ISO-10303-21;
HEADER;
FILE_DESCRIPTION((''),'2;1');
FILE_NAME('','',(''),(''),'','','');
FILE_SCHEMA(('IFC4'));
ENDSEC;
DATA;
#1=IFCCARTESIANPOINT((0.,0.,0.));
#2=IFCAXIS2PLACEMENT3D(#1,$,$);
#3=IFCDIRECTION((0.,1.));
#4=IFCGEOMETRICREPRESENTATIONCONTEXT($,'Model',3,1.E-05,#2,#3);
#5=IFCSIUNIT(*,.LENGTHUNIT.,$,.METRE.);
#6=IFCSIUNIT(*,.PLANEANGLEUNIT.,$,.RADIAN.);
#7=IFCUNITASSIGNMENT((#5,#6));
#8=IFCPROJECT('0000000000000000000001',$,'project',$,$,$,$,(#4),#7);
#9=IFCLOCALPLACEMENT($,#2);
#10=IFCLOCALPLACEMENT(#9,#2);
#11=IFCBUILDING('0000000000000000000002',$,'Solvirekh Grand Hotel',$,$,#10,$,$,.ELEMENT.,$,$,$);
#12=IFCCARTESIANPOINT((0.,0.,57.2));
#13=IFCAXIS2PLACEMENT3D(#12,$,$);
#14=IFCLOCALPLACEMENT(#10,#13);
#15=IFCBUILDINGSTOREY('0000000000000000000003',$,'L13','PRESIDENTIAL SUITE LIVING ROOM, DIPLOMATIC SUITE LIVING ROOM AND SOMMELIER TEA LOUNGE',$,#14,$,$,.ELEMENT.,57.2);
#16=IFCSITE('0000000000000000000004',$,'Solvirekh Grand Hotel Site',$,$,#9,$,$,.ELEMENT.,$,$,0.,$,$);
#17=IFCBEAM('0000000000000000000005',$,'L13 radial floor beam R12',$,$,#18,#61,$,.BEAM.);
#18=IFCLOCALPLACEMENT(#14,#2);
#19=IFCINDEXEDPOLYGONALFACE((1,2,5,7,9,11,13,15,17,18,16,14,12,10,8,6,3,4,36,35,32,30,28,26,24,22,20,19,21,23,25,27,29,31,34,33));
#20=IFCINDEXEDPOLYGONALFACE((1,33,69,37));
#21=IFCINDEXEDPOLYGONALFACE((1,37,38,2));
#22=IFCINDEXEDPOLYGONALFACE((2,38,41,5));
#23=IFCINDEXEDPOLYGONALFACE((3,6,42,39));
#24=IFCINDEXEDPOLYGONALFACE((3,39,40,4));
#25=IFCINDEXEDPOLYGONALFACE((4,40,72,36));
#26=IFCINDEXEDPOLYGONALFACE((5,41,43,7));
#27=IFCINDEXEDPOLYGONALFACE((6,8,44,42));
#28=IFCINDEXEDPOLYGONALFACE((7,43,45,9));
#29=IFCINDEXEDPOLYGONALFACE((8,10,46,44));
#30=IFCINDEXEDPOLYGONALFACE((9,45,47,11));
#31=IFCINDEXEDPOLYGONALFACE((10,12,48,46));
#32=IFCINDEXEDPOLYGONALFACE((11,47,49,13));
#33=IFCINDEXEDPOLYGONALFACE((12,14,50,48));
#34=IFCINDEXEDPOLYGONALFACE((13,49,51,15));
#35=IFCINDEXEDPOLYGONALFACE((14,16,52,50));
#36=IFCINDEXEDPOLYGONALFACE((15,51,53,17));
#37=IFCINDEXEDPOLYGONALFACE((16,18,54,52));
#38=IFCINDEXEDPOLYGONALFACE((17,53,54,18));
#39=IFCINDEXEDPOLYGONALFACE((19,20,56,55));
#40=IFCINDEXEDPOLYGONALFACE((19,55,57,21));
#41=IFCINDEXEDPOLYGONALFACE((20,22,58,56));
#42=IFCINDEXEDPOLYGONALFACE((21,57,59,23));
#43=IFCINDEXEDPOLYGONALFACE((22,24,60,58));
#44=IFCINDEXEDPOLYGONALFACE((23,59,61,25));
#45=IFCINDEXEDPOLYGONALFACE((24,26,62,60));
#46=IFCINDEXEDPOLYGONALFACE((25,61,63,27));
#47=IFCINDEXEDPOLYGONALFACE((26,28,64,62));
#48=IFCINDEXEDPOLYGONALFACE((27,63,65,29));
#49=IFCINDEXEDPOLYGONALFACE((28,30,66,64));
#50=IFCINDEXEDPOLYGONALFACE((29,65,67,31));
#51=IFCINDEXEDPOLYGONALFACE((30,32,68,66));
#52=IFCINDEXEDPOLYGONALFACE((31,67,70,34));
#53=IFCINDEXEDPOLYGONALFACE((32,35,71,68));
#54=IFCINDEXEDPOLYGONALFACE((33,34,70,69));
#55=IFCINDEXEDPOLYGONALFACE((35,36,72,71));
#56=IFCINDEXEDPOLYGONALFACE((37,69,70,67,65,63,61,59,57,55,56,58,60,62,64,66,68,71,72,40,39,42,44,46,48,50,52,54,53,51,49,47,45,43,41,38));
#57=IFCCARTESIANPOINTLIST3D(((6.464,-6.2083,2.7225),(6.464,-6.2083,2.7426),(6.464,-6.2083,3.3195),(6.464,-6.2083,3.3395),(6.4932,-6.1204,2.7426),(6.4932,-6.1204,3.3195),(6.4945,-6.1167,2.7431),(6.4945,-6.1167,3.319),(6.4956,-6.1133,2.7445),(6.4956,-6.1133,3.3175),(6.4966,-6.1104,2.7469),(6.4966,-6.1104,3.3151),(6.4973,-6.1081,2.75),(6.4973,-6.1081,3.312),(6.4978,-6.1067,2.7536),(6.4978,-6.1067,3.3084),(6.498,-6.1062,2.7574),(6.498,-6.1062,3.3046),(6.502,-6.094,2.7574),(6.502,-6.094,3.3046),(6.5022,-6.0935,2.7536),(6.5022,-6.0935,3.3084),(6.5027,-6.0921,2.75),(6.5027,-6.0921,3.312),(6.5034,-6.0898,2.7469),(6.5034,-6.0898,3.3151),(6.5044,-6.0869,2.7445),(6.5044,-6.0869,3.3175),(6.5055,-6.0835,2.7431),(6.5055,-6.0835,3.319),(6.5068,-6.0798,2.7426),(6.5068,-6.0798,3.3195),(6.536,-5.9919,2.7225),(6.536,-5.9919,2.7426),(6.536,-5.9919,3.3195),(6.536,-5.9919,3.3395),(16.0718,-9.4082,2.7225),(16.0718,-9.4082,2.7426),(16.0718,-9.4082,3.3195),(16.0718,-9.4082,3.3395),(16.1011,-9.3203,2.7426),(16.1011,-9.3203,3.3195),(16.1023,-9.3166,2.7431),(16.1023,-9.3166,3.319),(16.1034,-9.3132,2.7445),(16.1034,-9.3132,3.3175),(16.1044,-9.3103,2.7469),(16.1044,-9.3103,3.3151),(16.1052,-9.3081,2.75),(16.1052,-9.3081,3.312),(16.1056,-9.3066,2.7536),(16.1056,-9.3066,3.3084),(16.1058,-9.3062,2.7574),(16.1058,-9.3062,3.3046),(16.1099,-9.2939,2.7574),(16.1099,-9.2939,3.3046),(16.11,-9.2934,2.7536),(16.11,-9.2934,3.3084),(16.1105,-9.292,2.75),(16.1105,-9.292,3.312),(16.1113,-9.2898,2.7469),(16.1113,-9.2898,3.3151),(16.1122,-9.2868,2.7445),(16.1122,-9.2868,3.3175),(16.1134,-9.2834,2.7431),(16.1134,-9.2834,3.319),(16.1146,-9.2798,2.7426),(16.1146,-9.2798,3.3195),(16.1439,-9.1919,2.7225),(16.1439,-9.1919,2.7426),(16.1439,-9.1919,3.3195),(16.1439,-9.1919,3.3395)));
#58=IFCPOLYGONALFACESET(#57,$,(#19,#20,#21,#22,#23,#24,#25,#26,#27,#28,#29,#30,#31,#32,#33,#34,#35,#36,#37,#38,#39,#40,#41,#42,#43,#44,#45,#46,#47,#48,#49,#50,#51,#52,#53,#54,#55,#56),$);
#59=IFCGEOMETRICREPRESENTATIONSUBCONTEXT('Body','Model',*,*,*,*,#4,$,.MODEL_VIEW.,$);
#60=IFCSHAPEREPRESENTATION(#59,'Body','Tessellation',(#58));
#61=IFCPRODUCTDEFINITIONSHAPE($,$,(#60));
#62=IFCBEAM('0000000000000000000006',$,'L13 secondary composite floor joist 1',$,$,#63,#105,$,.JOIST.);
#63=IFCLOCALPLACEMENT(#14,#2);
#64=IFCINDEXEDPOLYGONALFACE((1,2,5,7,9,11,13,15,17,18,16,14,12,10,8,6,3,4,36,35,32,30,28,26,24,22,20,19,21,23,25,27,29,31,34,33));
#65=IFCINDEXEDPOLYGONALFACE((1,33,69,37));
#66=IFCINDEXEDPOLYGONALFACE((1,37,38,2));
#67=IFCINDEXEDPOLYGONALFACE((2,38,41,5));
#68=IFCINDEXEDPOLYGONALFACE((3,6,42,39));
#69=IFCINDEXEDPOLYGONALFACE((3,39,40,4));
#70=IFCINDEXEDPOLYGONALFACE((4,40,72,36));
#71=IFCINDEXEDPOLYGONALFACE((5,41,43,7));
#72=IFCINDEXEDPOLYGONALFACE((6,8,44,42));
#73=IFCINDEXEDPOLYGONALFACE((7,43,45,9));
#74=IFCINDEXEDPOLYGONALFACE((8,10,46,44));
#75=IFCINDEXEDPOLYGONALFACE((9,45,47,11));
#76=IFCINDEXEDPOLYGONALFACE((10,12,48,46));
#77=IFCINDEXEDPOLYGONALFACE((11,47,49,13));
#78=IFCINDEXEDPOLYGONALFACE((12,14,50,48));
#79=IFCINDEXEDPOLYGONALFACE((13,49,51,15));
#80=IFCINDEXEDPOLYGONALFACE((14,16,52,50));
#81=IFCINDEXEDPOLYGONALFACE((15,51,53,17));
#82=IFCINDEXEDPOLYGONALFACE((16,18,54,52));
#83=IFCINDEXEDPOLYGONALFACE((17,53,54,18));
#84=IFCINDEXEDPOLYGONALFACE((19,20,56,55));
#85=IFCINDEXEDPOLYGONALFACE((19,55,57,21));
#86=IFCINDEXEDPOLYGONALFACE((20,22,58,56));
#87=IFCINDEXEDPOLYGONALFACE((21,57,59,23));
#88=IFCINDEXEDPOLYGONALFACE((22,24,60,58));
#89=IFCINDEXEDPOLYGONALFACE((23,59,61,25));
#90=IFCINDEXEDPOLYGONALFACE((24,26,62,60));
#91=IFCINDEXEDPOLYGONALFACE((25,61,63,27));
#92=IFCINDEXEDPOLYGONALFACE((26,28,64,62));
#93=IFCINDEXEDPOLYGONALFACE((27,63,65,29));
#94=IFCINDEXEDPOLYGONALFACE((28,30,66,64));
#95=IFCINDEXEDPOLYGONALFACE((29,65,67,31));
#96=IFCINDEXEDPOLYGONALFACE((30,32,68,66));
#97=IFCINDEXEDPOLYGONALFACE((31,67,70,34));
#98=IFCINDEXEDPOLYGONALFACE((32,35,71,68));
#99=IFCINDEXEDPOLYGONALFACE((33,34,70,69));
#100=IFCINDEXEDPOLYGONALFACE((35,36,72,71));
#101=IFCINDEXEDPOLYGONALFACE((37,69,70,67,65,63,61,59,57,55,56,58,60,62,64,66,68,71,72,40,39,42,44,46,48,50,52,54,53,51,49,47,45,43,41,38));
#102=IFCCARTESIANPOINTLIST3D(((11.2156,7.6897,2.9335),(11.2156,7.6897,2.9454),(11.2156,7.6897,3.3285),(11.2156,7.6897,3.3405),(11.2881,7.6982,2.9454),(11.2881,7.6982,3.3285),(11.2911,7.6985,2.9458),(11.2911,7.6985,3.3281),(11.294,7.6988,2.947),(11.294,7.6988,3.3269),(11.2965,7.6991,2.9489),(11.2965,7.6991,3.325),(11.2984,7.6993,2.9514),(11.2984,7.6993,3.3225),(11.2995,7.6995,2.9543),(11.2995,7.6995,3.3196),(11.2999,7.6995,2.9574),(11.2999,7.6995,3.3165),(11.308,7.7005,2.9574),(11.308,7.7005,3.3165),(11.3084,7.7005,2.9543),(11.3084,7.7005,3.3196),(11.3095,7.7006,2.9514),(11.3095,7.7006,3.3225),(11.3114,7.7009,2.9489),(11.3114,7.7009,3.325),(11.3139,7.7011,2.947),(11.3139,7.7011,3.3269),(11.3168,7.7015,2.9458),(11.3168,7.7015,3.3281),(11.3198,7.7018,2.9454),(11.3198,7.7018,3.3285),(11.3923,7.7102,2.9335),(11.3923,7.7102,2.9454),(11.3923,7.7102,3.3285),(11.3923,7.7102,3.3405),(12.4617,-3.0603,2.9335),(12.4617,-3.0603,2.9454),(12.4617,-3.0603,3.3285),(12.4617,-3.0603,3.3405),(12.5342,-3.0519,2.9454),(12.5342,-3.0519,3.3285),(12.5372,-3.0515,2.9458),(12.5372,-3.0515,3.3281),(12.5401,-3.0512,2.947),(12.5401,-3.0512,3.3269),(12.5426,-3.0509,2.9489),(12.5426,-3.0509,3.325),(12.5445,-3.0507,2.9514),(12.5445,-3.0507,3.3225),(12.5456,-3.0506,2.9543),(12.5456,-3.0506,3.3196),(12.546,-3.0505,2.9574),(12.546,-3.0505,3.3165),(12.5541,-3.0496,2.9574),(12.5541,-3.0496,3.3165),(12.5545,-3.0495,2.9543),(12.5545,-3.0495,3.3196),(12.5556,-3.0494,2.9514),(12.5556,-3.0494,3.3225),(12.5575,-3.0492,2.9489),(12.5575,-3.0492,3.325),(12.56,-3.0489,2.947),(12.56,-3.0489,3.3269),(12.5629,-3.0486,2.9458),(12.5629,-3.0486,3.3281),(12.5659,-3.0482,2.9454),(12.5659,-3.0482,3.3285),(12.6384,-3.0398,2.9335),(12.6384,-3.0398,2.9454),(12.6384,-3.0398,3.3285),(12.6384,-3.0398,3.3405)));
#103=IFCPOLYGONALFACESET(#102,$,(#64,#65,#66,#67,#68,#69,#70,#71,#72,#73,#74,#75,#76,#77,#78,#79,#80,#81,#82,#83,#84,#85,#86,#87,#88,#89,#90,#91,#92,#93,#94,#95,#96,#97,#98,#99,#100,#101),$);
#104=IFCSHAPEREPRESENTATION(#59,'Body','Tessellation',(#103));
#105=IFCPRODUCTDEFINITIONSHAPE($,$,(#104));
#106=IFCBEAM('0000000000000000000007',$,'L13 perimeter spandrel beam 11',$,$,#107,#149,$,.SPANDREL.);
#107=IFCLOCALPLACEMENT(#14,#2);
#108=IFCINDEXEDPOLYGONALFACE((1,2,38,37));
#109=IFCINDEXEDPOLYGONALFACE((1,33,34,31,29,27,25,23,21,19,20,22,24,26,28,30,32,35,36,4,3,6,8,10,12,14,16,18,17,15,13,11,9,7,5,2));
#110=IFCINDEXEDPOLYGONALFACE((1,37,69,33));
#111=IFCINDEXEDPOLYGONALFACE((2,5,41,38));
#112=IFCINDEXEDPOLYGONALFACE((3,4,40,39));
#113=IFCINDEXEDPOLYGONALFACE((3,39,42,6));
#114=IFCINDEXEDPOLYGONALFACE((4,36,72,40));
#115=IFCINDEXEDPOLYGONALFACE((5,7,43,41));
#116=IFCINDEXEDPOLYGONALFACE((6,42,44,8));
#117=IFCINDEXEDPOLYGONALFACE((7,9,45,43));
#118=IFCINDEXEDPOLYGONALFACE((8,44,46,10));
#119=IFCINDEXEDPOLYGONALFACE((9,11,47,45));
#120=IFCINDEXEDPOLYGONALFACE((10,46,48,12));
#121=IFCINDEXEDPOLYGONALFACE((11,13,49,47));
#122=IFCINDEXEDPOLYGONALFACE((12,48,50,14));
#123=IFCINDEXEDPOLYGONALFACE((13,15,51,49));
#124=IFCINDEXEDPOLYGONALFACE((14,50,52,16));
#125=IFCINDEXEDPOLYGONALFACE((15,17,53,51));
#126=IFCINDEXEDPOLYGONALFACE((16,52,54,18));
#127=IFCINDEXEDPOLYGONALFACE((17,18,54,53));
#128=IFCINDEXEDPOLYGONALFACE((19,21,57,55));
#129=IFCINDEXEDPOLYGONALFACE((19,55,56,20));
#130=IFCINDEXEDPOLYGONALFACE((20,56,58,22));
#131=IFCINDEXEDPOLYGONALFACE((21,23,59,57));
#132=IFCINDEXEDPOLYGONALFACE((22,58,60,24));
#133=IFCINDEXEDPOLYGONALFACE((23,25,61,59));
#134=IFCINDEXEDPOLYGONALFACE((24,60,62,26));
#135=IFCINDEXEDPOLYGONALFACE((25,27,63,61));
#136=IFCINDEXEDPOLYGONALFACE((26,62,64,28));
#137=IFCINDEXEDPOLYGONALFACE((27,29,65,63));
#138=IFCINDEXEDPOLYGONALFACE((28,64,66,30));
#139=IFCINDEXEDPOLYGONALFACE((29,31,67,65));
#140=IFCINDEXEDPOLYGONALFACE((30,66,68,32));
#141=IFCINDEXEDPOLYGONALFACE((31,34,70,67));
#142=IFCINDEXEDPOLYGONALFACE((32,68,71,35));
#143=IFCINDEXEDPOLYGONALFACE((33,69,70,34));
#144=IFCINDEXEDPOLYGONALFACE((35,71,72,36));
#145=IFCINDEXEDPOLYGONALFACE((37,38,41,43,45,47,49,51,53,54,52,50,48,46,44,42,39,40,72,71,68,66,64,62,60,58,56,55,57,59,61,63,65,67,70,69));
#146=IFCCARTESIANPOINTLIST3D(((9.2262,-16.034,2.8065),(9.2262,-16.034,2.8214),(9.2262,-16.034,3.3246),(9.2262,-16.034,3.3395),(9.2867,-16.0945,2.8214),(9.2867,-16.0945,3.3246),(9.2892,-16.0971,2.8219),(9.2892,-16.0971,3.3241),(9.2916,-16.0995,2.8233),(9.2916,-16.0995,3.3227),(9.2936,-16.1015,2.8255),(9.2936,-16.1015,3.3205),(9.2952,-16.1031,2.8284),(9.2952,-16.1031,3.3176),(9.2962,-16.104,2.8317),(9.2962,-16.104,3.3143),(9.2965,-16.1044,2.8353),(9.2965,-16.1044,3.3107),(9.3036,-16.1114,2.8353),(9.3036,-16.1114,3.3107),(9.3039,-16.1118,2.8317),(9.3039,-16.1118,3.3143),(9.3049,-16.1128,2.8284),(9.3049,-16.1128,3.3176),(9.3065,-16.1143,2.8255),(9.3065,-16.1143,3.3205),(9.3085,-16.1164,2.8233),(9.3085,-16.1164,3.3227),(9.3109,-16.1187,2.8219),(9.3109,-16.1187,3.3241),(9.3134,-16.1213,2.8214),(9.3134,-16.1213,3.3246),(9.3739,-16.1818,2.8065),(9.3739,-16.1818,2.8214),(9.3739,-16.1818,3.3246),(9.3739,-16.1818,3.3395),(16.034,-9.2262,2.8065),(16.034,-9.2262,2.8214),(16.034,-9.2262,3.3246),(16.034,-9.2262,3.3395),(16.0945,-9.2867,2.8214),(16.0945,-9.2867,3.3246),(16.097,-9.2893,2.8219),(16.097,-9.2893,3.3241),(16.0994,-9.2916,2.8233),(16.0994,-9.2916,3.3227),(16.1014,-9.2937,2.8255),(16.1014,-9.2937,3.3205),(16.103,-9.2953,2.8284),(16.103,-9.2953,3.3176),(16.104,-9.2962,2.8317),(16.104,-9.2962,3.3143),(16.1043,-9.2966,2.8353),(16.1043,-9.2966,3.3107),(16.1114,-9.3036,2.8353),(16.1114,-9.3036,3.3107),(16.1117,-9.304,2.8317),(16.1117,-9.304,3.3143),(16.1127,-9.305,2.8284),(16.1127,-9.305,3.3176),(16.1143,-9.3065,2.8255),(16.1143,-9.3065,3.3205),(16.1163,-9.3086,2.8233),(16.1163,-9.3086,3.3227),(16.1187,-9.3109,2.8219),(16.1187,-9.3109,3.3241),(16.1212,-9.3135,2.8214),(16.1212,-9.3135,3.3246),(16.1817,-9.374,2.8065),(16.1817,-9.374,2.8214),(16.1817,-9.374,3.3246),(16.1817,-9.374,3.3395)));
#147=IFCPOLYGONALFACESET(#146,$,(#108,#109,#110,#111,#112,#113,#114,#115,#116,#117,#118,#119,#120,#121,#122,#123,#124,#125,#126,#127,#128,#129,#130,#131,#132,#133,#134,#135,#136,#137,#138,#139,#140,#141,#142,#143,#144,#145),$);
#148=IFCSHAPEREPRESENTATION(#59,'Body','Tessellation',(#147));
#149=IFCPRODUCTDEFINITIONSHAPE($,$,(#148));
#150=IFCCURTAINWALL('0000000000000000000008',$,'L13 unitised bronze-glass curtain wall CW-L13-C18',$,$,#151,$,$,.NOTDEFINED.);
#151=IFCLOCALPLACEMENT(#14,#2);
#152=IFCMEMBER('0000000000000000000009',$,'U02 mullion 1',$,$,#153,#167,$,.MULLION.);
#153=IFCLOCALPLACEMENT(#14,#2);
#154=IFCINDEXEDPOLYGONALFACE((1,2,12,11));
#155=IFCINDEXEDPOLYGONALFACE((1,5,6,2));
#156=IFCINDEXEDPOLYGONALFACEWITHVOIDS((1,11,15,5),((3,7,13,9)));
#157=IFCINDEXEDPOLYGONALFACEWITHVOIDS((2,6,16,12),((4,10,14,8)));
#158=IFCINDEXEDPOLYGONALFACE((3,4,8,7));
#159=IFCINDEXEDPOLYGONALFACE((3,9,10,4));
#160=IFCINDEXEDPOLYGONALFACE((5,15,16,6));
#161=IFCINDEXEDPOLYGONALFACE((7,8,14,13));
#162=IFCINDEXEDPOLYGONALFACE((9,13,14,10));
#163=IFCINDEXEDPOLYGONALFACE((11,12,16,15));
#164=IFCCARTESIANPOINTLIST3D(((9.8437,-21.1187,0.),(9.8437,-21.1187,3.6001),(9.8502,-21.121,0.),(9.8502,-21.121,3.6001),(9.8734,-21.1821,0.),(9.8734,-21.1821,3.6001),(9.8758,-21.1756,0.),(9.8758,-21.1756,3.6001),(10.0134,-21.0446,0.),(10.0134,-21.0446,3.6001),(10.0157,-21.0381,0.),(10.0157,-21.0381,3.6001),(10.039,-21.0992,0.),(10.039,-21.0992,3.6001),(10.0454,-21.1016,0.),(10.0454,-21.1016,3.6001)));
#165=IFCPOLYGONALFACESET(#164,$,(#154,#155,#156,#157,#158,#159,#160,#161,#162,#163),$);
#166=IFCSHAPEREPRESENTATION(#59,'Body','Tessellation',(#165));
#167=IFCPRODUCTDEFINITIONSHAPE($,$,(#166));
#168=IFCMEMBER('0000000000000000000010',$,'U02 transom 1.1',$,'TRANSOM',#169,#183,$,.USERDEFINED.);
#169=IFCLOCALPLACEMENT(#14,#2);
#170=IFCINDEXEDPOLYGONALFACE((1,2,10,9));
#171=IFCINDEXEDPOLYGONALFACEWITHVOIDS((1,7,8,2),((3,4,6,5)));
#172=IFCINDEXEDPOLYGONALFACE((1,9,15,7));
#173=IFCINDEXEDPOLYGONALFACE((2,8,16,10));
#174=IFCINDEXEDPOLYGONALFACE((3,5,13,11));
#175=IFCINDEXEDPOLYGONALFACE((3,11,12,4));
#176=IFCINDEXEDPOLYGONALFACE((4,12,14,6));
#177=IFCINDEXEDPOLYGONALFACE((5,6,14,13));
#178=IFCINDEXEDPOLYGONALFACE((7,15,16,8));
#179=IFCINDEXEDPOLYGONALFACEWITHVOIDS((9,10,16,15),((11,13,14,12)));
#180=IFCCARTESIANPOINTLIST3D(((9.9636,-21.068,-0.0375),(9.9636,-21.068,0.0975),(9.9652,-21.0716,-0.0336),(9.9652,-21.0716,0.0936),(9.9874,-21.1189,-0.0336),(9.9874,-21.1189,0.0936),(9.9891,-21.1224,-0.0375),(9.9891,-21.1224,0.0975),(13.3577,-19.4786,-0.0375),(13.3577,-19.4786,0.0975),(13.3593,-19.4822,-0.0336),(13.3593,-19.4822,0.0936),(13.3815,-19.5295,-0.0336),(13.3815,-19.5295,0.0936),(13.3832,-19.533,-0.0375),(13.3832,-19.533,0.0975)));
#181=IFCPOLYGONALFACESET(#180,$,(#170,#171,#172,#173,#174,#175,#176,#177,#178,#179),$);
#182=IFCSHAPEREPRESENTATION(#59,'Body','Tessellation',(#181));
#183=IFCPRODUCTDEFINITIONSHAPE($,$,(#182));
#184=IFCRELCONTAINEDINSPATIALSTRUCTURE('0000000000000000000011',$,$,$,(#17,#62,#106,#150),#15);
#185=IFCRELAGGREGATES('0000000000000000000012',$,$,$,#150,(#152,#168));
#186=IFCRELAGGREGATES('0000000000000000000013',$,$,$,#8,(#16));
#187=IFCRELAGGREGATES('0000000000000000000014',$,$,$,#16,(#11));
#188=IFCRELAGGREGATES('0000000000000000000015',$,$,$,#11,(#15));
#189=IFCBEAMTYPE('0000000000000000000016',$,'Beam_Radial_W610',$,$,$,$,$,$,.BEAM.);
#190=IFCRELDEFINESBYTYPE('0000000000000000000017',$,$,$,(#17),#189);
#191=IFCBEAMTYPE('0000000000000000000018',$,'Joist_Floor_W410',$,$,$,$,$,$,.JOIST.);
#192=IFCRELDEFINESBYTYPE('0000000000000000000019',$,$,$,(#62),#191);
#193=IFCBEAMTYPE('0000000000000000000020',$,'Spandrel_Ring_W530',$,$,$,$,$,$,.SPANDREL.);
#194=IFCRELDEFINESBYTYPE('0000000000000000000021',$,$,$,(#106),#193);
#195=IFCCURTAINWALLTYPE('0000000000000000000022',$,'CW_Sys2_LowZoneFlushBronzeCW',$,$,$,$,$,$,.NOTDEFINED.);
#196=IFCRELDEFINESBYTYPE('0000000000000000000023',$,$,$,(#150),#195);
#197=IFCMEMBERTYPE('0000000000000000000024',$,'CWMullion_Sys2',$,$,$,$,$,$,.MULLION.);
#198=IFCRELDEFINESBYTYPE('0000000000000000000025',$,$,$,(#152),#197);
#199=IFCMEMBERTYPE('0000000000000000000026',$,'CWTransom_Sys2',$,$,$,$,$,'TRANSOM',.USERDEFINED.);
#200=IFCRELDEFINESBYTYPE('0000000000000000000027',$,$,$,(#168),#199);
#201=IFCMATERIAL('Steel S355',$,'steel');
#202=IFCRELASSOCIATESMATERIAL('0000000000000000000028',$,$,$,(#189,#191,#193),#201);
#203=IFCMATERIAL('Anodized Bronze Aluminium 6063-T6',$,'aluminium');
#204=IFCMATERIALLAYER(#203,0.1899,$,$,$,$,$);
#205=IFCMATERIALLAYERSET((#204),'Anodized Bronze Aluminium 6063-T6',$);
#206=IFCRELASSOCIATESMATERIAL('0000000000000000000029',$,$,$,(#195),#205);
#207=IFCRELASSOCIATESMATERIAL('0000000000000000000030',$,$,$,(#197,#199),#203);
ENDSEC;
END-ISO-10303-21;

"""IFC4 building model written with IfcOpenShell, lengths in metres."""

from ifc_helpers import new_model, si_unit, direction, frame, origin, origin_2d, place, context, subcontext, project, spatial, hollow_rectangle, i_section, extrude, source, transform, mapped, material, layer, layer_set, material_profile, profile_set, type_object, element, aggregate, save


model = new_model("IFC4")

# Units and contexts
model_context = context("Model", 3, precision=1e-05, world=origin(), true_north=direction((0.0, 1.0)))
body_context = subcontext(model_context, "Body", "Model", "MODEL_VIEW")
ifc_project = project(units=[si_unit("LENGTHUNIT", "METRE"), si_unit("PLANEANGLEUNIT", "RADIAN")], contexts=[model_context])

# Site, building, storey
site_placement = place(None, origin())
site = spatial("IfcSite", under=ifc_project, at=site_placement, Name="Solvirekh Grand Hotel Site", CompositionType="ELEMENT", RefElevation=0.0)
building_placement = place(site_placement, origin())
building = spatial("IfcBuilding", under=site, at=building_placement, Name="Solvirekh Grand Hotel", CompositionType="ELEMENT")
storey_placement = place(building_placement, frame((0.0, 0.0, 57.2)))
storey = spatial("IfcBuildingStorey", under=building, at=storey_placement, Name="L13", Description="PRESIDENTIAL SUITE LIVING ROOM, DIPLOMATIC SUITE LIVING ROOM AND SOMMELIER TEA LOUNGE", CompositionType="ELEMENT", Elevation=57.2)

# Beams
ifc_material_1 = material(Name="Steel S355", Category="steel")
ifc_material_profile_1 = material_profile(ifc_material_1, i_section(OverallWidth=0.228, OverallDepth=0.6169, WebThickness=0.0129, FlangeThickness=0.02, FilletRadius=0.0149, at=origin_2d()), Name="W610X140")
ifc_profile_set_1 = profile_set([ifc_material_profile_1], Name="Steel S355")
beam_type_1 = type_object("IfcBeamType", Name="Beam_Radial_W610", PredefinedType="BEAM", material=ifc_profile_set_1)
beam_1_placement = place(storey_placement, frame((6.5, -6.1001, 3.031), z_axis=(0.948763, -0.315989, 0.0), x_axis=(0.315989, 0.948763, 0.0)))
element("IfcBeam", 1, at=beam_1_placement, inside=storey, type_object=beam_type_1, Name="L13 radial floor beam R12", PredefinedType="BEAM", context=body_context, shape_type="SweptSolid", body=[
    extrude(i_section(OverallWidth=0.228, OverallDepth=0.6169, WebThickness=0.0129, FlangeThickness=0.02, FilletRadius=0.0149, at=origin_2d()), origin(), (0.0, 0.0, 1.0), 10.1267),
])
ifc_material_profile_2 = material_profile(ifc_material_1, i_section(OverallWidth=0.178, OverallDepth=0.407, WebThickness=0.0081, FlangeThickness=0.012, FilletRadius=0.012, at=origin_2d()), Name="W410X60")
ifc_profile_set_2 = profile_set([ifc_material_profile_2], Name="Steel S355")
beam_type_2 = type_object("IfcBeamType", Name="Joist_Floor_W410", PredefinedType="JOIST", material=ifc_profile_set_2)
beam_2_placement = place(storey_placement, frame((12.55, -3.05, 3.137), z_axis=(-0.115145, 0.993349, 0.0), x_axis=(-0.993349, -0.115145, 0.0)))
element("IfcBeam", 2, at=beam_2_placement, inside=storey, type_object=beam_type_2, Name="L13 secondary composite floor joist 1", PredefinedType="JOIST", context=body_context, shape_type="SweptSolid", body=[
    extrude(i_section(OverallWidth=0.178, OverallDepth=0.407, WebThickness=0.0081, FlangeThickness=0.012, FilletRadius=0.012, at=origin_2d()), origin(), (0.0, 0.0, 1.0), 10.822),
])
ifc_material_profile_3 = material_profile(ifc_material_1, i_section(OverallWidth=0.209, OverallDepth=0.533, WebThickness=0.01, FlangeThickness=0.0149, FilletRadius=0.0139, at=origin_2d()), Name="W530X92")
ifc_profile_set_3 = profile_set([ifc_material_profile_3], Name="Steel S355")
beam_type_3 = type_object("IfcBeamType", Name="Spandrel_Ring_W530", PredefinedType="SPANDREL", material=ifc_profile_set_3)
beam_3_placement = place(storey_placement, frame((9.3, -16.1079, 3.073), z_axis=(0.707107, 0.707107, 0.0), x_axis=(-0.707107, 0.707107, 0.0)))
element("IfcBeam", 3, at=beam_3_placement, inside=storey, type_object=beam_type_3, Name="L13 perimeter spandrel beam 11", PredefinedType="SPANDREL", context=body_context, shape_type="SweptSolid", body=[
    extrude(i_section(OverallWidth=0.209, OverallDepth=0.533, WebThickness=0.01, FlangeThickness=0.0149, FilletRadius=0.0139, at=origin_2d()), origin(), (0.0, 0.0, 1.0), 9.6277),
])

# Curtain wall, members
ifc_material_2 = material(Name="Anodized Bronze Aluminium 6063-T6", Category="aluminium")
ifc_layer_1 = layer(ifc_material_2, 0.1899)
ifc_layer_set_1 = layer_set([ifc_layer_1], Name="Anodized Bronze Aluminium 6063-T6")
curtain_wall_type = type_object("IfcCurtainWallType", Name="CW_Sys2_LowZoneFlushBronzeCW", PredefinedType="NOTDEFINED", material=ifc_layer_set_1)
curtain_wall_placement = place(storey_placement, origin())
curtain_wall = element("IfcCurtainWall", 4, at=curtain_wall_placement, inside=storey, type_object=curtain_wall_type, Name="L13 unitised bronze-glass curtain wall CW-L13-C18", PredefinedType="NOTDEFINED")
ifc_material_profile_4 = material_profile(ifc_material_2, hollow_rectangle(XDim=0.0701, YDim=0.1899, WallThickness=0.0049, at=origin_2d()), Name="ALU RHS 190X70X5")
ifc_profile_set_4 = profile_set([ifc_material_profile_4], Name="Anodized Bronze Aluminium 6063-T6")
member_type_1 = type_object("IfcMemberType", Name="CWMullion_Sys2", PredefinedType="MULLION", material=ifc_profile_set_4)
shared_shape_1 = source(origin(), body_context, "Body", "SweptSolid", [
    extrude(hollow_rectangle(XDim=0.0701, YDim=0.1899, WallThickness=0.0049, at=origin_2d()), origin(), (0.0, 0.0, 1.0), 3.6001),
])
member_1_placement = place(storey_placement, frame((9.9446, -21.1101, 0.0), z_axis=(0.0, 0.0, 1.0), x_axis=(-0.424121, 0.905605, 0.0)))
member_1 = element("IfcMember", 5, at=member_1_placement, type_object=member_type_1, Name="U02 mullion 1", PredefinedType="MULLION", context=body_context, shape_type="MappedRepresentation", body=[
    mapped(shared_shape_1, transform((0.0, 0.0, 0.0), x_axis=(1.0, 0.0, 0.0), y_axis=(0.0, 1.0, 0.0), z_axis=(0.0, 0.0, 1.0), scale=1.0)),
])
ifc_material_profile_5 = material_profile(ifc_material_2, hollow_rectangle(XDim=0.0601, YDim=0.135, WallThickness=0.0039, at=origin_2d()), Name="ALU RHS 135X60X4")
ifc_profile_set_5 = profile_set([ifc_material_profile_5], Name="Anodized Bronze Aluminium 6063-T6")
member_type_2 = type_object("IfcMemberType", Name="CWTransom_Sys2", ElementType="TRANSOM", PredefinedType="USERDEFINED", material=ifc_profile_set_5)
shared_shape_2 = source(origin(), body_context, "Body", "SweptSolid", [
    extrude(hollow_rectangle(XDim=0.0601, YDim=0.135, WallThickness=0.0039, at=origin_2d()), origin(), (0.0, 0.0, 1.0), 3.7478),
])
member_2_placement = place(storey_placement, frame((9.9763, -21.0952, 0.03), z_axis=(0.905623, 0.424083, 0.0), x_axis=(-0.424083, 0.905623, 0.0)))
member_2 = element("IfcMember", 6, at=member_2_placement, type_object=member_type_2, Name="U02 transom 1.1", ObjectType="TRANSOM", PredefinedType="USERDEFINED", context=body_context, shape_type="MappedRepresentation", body=[
    mapped(shared_shape_2, transform((0.0, 0.0, 0.0), x_axis=(1.0, 0.0, 0.0), y_axis=(0.0, 1.0, 0.0), z_axis=(0.0, 0.0, 1.0), scale=1.0)),
])
aggregate(curtain_wall, [member_1, member_2])

save(model, "model.ifc")
